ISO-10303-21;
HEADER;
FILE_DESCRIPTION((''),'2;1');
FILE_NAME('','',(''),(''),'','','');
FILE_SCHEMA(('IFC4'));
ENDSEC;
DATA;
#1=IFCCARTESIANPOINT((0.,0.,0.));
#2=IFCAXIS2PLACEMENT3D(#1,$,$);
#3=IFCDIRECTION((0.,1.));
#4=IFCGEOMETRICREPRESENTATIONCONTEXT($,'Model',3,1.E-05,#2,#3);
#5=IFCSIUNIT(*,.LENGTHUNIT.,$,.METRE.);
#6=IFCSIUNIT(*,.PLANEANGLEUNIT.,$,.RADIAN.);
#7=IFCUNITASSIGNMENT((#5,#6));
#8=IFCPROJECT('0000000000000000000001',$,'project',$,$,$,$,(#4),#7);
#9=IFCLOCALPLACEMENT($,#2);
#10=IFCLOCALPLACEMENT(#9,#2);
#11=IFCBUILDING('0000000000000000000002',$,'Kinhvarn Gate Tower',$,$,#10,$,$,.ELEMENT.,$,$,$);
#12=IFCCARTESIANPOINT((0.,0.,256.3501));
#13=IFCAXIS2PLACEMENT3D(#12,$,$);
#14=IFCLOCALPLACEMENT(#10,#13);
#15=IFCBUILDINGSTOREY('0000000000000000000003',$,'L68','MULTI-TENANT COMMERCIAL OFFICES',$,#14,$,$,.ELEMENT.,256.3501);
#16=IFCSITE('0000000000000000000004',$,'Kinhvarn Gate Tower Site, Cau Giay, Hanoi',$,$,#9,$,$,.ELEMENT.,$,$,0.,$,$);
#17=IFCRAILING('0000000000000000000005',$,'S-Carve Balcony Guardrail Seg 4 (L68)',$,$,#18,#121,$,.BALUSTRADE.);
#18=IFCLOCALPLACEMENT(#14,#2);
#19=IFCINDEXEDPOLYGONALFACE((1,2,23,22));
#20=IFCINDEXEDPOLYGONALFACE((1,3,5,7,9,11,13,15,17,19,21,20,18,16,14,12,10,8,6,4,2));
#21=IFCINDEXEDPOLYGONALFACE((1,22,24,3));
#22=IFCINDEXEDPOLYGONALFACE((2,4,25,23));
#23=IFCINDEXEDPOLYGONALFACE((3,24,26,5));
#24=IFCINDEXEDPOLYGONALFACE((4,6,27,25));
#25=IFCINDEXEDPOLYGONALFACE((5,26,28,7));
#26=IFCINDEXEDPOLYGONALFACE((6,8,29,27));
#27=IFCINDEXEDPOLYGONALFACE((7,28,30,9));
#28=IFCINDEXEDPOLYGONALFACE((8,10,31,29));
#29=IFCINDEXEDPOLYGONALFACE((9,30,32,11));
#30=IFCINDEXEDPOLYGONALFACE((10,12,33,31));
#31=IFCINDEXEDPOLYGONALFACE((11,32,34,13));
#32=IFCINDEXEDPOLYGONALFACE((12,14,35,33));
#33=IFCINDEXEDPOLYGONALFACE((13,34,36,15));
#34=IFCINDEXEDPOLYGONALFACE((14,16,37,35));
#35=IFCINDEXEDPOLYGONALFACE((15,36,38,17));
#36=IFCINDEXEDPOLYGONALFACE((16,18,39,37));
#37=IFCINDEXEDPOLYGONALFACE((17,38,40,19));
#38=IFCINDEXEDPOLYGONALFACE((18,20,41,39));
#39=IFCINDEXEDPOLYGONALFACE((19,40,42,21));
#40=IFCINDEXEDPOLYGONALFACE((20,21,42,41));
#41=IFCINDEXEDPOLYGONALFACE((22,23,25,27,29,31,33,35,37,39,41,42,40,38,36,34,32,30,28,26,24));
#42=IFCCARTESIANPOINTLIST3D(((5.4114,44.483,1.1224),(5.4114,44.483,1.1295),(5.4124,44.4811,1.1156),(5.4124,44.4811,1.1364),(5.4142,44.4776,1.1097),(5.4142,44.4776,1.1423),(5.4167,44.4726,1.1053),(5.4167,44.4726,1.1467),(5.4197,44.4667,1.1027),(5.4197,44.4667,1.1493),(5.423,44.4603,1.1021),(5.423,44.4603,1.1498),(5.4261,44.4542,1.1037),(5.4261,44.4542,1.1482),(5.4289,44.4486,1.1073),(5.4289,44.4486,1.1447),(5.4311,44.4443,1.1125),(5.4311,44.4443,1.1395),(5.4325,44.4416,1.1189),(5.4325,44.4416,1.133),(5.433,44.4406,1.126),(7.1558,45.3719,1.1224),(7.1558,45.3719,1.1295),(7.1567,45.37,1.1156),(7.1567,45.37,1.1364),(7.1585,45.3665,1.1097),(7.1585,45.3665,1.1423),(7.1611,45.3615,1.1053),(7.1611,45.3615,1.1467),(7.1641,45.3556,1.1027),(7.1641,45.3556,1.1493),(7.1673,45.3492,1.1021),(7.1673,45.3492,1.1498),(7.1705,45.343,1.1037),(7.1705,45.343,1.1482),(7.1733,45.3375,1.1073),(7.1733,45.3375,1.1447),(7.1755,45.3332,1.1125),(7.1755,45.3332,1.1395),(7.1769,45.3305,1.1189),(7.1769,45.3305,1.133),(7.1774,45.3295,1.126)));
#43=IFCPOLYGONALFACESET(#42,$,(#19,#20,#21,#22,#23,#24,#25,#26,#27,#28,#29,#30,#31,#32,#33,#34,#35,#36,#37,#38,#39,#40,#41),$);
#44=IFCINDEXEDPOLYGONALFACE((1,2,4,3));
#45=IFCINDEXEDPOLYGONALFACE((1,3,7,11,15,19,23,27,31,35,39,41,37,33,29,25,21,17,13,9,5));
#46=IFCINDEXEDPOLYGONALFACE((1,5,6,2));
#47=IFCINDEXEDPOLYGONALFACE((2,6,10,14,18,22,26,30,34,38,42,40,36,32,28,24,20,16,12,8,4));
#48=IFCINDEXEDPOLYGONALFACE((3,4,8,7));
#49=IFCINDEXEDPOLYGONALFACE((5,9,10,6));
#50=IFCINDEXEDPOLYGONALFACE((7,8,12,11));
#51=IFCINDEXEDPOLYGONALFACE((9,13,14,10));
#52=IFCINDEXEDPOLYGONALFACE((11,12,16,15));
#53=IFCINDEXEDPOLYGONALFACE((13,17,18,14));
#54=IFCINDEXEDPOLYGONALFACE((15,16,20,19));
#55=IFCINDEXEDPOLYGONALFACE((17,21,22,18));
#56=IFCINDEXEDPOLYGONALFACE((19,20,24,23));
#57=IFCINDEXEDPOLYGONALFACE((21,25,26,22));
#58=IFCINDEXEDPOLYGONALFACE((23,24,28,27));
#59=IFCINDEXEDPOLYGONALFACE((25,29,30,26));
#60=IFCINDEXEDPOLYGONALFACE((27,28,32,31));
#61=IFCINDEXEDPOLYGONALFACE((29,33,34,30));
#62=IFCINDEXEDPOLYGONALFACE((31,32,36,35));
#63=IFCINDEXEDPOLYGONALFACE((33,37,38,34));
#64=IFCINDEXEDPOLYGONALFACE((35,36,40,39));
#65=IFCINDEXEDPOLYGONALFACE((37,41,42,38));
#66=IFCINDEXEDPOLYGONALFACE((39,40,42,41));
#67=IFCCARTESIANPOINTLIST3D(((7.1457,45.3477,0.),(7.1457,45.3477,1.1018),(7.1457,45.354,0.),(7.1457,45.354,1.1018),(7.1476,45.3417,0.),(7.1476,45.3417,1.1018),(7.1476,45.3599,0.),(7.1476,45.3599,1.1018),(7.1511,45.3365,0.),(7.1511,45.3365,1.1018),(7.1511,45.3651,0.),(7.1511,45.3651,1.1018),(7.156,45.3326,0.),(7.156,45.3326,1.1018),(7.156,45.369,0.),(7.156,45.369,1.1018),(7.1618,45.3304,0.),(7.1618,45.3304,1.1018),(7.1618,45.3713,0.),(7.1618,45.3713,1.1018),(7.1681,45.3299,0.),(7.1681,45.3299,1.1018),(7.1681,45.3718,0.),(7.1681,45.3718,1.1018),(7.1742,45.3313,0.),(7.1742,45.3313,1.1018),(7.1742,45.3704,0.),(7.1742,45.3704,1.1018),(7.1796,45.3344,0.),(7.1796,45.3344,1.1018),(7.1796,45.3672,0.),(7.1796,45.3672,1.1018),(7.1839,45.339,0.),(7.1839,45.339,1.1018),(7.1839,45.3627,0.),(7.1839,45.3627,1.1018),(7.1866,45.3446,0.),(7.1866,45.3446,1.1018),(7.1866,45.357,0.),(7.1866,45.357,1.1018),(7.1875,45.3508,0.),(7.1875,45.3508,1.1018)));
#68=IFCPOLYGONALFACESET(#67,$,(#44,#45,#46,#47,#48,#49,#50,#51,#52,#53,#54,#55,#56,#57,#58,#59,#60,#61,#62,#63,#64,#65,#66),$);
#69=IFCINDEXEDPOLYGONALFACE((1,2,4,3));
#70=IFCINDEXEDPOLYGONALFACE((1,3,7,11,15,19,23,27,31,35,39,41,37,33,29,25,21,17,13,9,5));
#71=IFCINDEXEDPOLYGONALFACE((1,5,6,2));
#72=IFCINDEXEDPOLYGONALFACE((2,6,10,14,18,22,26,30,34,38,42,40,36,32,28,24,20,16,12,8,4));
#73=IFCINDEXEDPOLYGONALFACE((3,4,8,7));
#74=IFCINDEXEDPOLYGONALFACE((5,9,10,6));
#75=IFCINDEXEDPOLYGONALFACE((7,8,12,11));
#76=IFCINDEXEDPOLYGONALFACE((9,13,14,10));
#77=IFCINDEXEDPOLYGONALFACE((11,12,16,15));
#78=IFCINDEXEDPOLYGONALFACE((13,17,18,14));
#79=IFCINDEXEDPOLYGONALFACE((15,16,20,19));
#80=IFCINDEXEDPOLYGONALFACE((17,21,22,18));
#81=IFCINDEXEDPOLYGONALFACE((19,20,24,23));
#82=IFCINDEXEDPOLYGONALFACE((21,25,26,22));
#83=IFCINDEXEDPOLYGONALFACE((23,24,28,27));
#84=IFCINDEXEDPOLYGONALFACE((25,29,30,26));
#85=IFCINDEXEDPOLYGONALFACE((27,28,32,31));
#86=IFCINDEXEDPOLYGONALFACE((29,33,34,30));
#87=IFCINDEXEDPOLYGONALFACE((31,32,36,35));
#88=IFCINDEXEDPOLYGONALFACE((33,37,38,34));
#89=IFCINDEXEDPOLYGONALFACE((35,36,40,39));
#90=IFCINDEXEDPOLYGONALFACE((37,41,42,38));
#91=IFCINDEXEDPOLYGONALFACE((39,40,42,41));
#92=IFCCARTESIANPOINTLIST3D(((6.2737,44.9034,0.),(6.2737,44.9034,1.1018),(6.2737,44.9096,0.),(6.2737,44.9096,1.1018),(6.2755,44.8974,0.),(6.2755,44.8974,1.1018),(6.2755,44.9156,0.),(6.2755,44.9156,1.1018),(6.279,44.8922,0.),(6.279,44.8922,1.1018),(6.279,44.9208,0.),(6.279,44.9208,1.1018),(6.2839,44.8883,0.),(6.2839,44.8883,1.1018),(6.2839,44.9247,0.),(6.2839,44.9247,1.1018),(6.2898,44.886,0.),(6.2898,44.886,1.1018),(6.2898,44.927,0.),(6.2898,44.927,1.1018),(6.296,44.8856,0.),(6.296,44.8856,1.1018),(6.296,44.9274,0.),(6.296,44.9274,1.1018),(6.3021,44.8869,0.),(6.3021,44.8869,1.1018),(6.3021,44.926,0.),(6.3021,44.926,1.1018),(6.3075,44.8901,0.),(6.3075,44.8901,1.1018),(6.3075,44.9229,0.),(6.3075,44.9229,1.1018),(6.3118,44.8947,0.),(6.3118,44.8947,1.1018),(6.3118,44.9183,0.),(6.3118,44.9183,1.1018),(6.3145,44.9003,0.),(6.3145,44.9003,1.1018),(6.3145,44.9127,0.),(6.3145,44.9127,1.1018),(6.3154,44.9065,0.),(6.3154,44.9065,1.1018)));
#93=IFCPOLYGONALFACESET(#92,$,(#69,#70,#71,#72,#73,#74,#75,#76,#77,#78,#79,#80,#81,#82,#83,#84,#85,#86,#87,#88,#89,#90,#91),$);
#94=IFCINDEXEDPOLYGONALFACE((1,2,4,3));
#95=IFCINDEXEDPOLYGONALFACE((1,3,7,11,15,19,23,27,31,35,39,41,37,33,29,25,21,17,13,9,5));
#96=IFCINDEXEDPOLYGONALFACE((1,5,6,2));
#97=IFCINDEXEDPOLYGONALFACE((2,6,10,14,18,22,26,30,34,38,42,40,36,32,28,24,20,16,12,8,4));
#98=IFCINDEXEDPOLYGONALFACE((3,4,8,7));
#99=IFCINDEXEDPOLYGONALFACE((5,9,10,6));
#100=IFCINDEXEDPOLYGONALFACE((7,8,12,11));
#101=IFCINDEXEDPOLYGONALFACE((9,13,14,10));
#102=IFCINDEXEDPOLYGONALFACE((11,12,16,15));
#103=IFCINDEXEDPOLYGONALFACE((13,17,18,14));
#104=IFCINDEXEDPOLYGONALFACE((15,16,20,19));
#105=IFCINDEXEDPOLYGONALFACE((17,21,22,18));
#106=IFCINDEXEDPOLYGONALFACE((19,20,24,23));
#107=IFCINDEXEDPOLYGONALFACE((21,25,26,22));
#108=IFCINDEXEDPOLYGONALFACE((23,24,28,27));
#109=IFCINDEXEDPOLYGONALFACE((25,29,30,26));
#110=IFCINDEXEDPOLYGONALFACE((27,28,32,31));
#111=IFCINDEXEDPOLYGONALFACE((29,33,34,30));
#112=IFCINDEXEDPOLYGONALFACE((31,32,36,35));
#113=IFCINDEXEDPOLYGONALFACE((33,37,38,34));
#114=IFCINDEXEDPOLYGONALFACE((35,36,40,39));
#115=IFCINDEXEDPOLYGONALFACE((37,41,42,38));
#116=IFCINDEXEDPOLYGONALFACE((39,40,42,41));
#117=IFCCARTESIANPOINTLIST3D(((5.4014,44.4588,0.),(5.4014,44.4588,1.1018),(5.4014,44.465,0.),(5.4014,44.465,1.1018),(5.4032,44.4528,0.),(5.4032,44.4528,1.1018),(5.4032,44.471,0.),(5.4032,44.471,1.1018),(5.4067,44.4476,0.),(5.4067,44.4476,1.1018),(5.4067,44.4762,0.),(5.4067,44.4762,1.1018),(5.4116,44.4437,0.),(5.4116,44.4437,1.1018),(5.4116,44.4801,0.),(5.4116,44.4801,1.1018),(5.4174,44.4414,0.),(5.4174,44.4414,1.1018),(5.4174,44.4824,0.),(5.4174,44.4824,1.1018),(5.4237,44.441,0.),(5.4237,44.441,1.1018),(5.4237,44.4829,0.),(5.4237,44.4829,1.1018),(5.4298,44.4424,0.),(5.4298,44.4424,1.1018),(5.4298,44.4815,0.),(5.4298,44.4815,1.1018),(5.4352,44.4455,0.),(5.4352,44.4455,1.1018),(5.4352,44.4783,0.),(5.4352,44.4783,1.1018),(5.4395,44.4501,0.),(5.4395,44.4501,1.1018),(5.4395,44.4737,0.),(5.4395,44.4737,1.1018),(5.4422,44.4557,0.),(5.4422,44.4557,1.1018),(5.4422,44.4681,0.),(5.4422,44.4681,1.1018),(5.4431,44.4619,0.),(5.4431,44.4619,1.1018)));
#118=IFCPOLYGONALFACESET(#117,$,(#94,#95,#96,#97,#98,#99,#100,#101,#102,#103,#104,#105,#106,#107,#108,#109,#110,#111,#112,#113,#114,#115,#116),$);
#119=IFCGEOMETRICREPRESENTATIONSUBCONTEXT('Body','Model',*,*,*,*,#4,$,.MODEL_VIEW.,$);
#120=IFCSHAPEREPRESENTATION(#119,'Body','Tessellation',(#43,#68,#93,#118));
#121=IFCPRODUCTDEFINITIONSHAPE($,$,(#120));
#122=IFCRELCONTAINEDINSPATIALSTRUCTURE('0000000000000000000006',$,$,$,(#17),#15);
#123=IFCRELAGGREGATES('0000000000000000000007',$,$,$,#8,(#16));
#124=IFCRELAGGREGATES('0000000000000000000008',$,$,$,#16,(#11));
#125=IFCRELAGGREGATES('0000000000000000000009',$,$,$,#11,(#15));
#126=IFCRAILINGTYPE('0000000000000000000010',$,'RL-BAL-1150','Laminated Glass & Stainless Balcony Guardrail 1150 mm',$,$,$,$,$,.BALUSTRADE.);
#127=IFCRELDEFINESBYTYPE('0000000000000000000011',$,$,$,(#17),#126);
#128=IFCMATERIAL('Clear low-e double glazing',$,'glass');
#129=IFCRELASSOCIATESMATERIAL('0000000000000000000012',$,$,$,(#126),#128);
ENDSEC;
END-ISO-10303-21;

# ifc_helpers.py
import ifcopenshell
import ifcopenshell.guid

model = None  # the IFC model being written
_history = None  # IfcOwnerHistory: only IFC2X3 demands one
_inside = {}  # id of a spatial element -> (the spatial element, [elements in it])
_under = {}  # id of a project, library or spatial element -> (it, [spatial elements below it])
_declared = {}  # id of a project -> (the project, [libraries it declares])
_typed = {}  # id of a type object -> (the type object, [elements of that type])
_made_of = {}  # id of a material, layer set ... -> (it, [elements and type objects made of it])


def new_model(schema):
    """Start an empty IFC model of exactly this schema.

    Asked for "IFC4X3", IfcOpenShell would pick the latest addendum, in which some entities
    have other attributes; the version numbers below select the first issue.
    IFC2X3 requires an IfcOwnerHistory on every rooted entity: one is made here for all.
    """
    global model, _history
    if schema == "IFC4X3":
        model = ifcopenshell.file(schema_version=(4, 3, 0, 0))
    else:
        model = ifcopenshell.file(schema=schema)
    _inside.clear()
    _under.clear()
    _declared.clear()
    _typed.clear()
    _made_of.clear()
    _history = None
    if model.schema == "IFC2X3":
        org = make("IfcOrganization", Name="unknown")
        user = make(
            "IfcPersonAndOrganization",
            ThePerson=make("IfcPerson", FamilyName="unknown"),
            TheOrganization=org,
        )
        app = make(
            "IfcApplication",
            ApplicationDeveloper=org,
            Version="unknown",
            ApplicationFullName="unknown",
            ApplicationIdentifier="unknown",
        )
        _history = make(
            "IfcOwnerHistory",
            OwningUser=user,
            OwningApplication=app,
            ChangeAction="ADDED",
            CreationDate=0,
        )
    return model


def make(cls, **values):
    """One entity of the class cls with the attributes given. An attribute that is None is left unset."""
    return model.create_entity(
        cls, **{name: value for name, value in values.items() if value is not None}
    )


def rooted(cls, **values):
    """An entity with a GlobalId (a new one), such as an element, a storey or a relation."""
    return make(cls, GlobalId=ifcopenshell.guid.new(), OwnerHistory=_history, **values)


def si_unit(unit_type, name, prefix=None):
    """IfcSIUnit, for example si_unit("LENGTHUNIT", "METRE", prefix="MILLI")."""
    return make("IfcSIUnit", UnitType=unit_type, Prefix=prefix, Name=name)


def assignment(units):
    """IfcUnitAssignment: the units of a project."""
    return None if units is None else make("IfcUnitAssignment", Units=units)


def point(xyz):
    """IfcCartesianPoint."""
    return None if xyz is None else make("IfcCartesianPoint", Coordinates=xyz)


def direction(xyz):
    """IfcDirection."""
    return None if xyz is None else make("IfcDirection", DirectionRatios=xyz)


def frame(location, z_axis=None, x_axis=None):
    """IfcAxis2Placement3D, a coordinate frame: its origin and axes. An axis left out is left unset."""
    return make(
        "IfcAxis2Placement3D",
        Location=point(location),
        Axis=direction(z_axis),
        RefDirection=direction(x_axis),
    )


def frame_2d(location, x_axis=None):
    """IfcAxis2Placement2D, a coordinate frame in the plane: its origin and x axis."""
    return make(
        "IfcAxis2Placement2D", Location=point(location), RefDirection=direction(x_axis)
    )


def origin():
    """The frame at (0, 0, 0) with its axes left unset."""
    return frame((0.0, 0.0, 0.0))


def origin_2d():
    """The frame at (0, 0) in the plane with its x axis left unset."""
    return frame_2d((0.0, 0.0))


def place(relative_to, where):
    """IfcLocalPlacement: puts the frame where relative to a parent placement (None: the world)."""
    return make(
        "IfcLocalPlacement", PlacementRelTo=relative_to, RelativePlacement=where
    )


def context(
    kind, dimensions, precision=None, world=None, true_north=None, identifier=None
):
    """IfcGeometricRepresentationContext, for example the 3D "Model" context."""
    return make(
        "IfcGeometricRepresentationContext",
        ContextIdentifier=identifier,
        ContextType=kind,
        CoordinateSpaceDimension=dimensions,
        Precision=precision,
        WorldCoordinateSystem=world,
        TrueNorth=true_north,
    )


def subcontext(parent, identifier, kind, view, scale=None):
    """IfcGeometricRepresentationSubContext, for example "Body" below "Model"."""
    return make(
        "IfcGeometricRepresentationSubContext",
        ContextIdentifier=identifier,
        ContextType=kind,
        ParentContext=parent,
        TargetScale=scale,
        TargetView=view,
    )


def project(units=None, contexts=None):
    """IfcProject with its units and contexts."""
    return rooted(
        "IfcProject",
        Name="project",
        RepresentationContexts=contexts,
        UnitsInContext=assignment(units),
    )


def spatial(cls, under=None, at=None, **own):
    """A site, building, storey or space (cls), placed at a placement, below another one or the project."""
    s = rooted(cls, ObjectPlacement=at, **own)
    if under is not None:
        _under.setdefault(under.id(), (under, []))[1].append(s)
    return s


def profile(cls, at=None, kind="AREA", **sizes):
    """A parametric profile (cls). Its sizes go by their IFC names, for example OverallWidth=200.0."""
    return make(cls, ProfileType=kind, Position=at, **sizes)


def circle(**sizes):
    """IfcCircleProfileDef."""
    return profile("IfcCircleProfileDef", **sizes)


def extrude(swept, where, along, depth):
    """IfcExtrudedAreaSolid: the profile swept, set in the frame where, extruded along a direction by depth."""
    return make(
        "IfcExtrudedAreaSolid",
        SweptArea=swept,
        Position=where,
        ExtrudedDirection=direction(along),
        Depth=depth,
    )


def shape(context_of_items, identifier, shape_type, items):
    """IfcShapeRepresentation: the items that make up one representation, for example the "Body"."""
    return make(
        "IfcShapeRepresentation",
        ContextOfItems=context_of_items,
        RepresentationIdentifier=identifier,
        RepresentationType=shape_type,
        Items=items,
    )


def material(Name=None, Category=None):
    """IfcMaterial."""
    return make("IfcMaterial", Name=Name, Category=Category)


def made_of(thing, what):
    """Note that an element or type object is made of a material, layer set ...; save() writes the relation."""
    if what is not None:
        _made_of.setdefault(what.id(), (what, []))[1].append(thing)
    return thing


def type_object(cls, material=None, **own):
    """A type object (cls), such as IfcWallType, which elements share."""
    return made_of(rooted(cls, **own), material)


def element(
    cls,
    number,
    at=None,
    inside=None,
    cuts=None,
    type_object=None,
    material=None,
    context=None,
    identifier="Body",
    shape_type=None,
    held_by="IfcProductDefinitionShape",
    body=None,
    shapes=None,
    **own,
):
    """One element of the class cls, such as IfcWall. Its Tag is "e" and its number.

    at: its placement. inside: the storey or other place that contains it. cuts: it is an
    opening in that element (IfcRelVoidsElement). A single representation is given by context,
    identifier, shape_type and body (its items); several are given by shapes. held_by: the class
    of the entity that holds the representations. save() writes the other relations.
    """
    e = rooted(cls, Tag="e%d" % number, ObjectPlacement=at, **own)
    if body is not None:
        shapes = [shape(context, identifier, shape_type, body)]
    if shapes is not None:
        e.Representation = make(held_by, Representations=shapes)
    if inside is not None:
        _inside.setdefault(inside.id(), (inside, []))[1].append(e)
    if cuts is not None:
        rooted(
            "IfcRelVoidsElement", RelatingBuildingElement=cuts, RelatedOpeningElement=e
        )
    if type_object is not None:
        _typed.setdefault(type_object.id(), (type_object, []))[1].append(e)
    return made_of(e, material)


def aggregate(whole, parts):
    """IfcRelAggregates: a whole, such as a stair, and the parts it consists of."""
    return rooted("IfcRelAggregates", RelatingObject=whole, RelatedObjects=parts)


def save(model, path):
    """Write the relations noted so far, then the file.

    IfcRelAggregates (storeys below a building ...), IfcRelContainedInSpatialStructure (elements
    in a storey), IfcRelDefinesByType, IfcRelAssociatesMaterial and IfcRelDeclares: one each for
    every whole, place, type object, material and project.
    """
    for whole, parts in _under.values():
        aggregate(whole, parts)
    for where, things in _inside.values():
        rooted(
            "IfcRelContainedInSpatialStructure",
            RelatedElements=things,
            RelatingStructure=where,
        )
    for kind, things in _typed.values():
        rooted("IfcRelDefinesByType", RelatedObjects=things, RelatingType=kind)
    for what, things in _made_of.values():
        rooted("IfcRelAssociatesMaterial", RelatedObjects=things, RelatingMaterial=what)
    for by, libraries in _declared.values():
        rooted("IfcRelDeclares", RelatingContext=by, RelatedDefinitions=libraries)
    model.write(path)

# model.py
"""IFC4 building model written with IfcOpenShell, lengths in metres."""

from ifc_helpers import new_model, si_unit, direction, frame, origin, origin_2d, place, context, subcontext, project, spatial, circle, extrude, material, type_object, element, save


model = new_model("IFC4")

# Units and contexts
model_context = context("Model", 3, precision=1e-05, world=origin(), true_north=direction((0.0, 1.0)))
body_context = subcontext(model_context, "Body", "Model", "MODEL_VIEW")
ifc_project = project(units=[si_unit("LENGTHUNIT", "METRE"), si_unit("PLANEANGLEUNIT", "RADIAN")], contexts=[model_context])

# Site, building, storey
site_placement = place(None, origin())
site = spatial("IfcSite", under=ifc_project, at=site_placement, Name="Kinhvarn Gate Tower Site, Cau Giay, Hanoi", CompositionType="ELEMENT", RefElevation=0.0)
building_placement = place(site_placement, origin())
building = spatial("IfcBuilding", under=site, at=building_placement, Name="Kinhvarn Gate Tower", CompositionType="ELEMENT")
storey_placement = place(building_placement, frame((0.0, 0.0, 256.3501)))
storey = spatial("IfcBuildingStorey", under=building, at=storey_placement, Name="L68", Description="MULTI-TENANT COMMERCIAL OFFICES", CompositionType="ELEMENT", Elevation=256.3501)

# Shared definitions
ifc_material_1 = material(Name="Clear low-e double glazing", Category="glass")

# Railing
railing_type = type_object("IfcRailingType", Name="RL-BAL-1150", Description="Laminated Glass & Stainless Balcony Guardrail 1150 mm", PredefinedType="BALUSTRADE", material=ifc_material_1)
railing_1_placement = place(storey_placement, frame((7.1665, 45.3508, 0.0)))
element("IfcRailing", 1, at=railing_1_placement, inside=storey, type_object=railing_type, Name="S-Carve Balcony Guardrail Seg 4 (L68)", PredefinedType="BALUSTRADE", context=body_context, shape_type="SweptSolid", body=[
    extrude(circle(Radius=0.0239, at=origin_2d()), frame((0.0, 0.0, 1.126), z_axis=(-0.890984, -0.454034, 0.0), x_axis=(0.454034, -0.890984, 0.0)), (0.0, 0.0, 1.0), 1.9578),
    extrude(circle(Radius=0.021, at=origin_2d()), origin(), (0.0, 0.0, 1.0), 1.1018),
    extrude(circle(Radius=0.021, at=origin_2d()), frame((-0.8721, -0.4443, 0.0)), (0.0, 0.0, 1.0), 1.1018),
    extrude(circle(Radius=0.021, at=origin_2d()), frame((-1.7444, -0.8889, 0.0)), (0.0, 0.0, 1.0), 1.1018),
])

save(model, "model.ifc")
